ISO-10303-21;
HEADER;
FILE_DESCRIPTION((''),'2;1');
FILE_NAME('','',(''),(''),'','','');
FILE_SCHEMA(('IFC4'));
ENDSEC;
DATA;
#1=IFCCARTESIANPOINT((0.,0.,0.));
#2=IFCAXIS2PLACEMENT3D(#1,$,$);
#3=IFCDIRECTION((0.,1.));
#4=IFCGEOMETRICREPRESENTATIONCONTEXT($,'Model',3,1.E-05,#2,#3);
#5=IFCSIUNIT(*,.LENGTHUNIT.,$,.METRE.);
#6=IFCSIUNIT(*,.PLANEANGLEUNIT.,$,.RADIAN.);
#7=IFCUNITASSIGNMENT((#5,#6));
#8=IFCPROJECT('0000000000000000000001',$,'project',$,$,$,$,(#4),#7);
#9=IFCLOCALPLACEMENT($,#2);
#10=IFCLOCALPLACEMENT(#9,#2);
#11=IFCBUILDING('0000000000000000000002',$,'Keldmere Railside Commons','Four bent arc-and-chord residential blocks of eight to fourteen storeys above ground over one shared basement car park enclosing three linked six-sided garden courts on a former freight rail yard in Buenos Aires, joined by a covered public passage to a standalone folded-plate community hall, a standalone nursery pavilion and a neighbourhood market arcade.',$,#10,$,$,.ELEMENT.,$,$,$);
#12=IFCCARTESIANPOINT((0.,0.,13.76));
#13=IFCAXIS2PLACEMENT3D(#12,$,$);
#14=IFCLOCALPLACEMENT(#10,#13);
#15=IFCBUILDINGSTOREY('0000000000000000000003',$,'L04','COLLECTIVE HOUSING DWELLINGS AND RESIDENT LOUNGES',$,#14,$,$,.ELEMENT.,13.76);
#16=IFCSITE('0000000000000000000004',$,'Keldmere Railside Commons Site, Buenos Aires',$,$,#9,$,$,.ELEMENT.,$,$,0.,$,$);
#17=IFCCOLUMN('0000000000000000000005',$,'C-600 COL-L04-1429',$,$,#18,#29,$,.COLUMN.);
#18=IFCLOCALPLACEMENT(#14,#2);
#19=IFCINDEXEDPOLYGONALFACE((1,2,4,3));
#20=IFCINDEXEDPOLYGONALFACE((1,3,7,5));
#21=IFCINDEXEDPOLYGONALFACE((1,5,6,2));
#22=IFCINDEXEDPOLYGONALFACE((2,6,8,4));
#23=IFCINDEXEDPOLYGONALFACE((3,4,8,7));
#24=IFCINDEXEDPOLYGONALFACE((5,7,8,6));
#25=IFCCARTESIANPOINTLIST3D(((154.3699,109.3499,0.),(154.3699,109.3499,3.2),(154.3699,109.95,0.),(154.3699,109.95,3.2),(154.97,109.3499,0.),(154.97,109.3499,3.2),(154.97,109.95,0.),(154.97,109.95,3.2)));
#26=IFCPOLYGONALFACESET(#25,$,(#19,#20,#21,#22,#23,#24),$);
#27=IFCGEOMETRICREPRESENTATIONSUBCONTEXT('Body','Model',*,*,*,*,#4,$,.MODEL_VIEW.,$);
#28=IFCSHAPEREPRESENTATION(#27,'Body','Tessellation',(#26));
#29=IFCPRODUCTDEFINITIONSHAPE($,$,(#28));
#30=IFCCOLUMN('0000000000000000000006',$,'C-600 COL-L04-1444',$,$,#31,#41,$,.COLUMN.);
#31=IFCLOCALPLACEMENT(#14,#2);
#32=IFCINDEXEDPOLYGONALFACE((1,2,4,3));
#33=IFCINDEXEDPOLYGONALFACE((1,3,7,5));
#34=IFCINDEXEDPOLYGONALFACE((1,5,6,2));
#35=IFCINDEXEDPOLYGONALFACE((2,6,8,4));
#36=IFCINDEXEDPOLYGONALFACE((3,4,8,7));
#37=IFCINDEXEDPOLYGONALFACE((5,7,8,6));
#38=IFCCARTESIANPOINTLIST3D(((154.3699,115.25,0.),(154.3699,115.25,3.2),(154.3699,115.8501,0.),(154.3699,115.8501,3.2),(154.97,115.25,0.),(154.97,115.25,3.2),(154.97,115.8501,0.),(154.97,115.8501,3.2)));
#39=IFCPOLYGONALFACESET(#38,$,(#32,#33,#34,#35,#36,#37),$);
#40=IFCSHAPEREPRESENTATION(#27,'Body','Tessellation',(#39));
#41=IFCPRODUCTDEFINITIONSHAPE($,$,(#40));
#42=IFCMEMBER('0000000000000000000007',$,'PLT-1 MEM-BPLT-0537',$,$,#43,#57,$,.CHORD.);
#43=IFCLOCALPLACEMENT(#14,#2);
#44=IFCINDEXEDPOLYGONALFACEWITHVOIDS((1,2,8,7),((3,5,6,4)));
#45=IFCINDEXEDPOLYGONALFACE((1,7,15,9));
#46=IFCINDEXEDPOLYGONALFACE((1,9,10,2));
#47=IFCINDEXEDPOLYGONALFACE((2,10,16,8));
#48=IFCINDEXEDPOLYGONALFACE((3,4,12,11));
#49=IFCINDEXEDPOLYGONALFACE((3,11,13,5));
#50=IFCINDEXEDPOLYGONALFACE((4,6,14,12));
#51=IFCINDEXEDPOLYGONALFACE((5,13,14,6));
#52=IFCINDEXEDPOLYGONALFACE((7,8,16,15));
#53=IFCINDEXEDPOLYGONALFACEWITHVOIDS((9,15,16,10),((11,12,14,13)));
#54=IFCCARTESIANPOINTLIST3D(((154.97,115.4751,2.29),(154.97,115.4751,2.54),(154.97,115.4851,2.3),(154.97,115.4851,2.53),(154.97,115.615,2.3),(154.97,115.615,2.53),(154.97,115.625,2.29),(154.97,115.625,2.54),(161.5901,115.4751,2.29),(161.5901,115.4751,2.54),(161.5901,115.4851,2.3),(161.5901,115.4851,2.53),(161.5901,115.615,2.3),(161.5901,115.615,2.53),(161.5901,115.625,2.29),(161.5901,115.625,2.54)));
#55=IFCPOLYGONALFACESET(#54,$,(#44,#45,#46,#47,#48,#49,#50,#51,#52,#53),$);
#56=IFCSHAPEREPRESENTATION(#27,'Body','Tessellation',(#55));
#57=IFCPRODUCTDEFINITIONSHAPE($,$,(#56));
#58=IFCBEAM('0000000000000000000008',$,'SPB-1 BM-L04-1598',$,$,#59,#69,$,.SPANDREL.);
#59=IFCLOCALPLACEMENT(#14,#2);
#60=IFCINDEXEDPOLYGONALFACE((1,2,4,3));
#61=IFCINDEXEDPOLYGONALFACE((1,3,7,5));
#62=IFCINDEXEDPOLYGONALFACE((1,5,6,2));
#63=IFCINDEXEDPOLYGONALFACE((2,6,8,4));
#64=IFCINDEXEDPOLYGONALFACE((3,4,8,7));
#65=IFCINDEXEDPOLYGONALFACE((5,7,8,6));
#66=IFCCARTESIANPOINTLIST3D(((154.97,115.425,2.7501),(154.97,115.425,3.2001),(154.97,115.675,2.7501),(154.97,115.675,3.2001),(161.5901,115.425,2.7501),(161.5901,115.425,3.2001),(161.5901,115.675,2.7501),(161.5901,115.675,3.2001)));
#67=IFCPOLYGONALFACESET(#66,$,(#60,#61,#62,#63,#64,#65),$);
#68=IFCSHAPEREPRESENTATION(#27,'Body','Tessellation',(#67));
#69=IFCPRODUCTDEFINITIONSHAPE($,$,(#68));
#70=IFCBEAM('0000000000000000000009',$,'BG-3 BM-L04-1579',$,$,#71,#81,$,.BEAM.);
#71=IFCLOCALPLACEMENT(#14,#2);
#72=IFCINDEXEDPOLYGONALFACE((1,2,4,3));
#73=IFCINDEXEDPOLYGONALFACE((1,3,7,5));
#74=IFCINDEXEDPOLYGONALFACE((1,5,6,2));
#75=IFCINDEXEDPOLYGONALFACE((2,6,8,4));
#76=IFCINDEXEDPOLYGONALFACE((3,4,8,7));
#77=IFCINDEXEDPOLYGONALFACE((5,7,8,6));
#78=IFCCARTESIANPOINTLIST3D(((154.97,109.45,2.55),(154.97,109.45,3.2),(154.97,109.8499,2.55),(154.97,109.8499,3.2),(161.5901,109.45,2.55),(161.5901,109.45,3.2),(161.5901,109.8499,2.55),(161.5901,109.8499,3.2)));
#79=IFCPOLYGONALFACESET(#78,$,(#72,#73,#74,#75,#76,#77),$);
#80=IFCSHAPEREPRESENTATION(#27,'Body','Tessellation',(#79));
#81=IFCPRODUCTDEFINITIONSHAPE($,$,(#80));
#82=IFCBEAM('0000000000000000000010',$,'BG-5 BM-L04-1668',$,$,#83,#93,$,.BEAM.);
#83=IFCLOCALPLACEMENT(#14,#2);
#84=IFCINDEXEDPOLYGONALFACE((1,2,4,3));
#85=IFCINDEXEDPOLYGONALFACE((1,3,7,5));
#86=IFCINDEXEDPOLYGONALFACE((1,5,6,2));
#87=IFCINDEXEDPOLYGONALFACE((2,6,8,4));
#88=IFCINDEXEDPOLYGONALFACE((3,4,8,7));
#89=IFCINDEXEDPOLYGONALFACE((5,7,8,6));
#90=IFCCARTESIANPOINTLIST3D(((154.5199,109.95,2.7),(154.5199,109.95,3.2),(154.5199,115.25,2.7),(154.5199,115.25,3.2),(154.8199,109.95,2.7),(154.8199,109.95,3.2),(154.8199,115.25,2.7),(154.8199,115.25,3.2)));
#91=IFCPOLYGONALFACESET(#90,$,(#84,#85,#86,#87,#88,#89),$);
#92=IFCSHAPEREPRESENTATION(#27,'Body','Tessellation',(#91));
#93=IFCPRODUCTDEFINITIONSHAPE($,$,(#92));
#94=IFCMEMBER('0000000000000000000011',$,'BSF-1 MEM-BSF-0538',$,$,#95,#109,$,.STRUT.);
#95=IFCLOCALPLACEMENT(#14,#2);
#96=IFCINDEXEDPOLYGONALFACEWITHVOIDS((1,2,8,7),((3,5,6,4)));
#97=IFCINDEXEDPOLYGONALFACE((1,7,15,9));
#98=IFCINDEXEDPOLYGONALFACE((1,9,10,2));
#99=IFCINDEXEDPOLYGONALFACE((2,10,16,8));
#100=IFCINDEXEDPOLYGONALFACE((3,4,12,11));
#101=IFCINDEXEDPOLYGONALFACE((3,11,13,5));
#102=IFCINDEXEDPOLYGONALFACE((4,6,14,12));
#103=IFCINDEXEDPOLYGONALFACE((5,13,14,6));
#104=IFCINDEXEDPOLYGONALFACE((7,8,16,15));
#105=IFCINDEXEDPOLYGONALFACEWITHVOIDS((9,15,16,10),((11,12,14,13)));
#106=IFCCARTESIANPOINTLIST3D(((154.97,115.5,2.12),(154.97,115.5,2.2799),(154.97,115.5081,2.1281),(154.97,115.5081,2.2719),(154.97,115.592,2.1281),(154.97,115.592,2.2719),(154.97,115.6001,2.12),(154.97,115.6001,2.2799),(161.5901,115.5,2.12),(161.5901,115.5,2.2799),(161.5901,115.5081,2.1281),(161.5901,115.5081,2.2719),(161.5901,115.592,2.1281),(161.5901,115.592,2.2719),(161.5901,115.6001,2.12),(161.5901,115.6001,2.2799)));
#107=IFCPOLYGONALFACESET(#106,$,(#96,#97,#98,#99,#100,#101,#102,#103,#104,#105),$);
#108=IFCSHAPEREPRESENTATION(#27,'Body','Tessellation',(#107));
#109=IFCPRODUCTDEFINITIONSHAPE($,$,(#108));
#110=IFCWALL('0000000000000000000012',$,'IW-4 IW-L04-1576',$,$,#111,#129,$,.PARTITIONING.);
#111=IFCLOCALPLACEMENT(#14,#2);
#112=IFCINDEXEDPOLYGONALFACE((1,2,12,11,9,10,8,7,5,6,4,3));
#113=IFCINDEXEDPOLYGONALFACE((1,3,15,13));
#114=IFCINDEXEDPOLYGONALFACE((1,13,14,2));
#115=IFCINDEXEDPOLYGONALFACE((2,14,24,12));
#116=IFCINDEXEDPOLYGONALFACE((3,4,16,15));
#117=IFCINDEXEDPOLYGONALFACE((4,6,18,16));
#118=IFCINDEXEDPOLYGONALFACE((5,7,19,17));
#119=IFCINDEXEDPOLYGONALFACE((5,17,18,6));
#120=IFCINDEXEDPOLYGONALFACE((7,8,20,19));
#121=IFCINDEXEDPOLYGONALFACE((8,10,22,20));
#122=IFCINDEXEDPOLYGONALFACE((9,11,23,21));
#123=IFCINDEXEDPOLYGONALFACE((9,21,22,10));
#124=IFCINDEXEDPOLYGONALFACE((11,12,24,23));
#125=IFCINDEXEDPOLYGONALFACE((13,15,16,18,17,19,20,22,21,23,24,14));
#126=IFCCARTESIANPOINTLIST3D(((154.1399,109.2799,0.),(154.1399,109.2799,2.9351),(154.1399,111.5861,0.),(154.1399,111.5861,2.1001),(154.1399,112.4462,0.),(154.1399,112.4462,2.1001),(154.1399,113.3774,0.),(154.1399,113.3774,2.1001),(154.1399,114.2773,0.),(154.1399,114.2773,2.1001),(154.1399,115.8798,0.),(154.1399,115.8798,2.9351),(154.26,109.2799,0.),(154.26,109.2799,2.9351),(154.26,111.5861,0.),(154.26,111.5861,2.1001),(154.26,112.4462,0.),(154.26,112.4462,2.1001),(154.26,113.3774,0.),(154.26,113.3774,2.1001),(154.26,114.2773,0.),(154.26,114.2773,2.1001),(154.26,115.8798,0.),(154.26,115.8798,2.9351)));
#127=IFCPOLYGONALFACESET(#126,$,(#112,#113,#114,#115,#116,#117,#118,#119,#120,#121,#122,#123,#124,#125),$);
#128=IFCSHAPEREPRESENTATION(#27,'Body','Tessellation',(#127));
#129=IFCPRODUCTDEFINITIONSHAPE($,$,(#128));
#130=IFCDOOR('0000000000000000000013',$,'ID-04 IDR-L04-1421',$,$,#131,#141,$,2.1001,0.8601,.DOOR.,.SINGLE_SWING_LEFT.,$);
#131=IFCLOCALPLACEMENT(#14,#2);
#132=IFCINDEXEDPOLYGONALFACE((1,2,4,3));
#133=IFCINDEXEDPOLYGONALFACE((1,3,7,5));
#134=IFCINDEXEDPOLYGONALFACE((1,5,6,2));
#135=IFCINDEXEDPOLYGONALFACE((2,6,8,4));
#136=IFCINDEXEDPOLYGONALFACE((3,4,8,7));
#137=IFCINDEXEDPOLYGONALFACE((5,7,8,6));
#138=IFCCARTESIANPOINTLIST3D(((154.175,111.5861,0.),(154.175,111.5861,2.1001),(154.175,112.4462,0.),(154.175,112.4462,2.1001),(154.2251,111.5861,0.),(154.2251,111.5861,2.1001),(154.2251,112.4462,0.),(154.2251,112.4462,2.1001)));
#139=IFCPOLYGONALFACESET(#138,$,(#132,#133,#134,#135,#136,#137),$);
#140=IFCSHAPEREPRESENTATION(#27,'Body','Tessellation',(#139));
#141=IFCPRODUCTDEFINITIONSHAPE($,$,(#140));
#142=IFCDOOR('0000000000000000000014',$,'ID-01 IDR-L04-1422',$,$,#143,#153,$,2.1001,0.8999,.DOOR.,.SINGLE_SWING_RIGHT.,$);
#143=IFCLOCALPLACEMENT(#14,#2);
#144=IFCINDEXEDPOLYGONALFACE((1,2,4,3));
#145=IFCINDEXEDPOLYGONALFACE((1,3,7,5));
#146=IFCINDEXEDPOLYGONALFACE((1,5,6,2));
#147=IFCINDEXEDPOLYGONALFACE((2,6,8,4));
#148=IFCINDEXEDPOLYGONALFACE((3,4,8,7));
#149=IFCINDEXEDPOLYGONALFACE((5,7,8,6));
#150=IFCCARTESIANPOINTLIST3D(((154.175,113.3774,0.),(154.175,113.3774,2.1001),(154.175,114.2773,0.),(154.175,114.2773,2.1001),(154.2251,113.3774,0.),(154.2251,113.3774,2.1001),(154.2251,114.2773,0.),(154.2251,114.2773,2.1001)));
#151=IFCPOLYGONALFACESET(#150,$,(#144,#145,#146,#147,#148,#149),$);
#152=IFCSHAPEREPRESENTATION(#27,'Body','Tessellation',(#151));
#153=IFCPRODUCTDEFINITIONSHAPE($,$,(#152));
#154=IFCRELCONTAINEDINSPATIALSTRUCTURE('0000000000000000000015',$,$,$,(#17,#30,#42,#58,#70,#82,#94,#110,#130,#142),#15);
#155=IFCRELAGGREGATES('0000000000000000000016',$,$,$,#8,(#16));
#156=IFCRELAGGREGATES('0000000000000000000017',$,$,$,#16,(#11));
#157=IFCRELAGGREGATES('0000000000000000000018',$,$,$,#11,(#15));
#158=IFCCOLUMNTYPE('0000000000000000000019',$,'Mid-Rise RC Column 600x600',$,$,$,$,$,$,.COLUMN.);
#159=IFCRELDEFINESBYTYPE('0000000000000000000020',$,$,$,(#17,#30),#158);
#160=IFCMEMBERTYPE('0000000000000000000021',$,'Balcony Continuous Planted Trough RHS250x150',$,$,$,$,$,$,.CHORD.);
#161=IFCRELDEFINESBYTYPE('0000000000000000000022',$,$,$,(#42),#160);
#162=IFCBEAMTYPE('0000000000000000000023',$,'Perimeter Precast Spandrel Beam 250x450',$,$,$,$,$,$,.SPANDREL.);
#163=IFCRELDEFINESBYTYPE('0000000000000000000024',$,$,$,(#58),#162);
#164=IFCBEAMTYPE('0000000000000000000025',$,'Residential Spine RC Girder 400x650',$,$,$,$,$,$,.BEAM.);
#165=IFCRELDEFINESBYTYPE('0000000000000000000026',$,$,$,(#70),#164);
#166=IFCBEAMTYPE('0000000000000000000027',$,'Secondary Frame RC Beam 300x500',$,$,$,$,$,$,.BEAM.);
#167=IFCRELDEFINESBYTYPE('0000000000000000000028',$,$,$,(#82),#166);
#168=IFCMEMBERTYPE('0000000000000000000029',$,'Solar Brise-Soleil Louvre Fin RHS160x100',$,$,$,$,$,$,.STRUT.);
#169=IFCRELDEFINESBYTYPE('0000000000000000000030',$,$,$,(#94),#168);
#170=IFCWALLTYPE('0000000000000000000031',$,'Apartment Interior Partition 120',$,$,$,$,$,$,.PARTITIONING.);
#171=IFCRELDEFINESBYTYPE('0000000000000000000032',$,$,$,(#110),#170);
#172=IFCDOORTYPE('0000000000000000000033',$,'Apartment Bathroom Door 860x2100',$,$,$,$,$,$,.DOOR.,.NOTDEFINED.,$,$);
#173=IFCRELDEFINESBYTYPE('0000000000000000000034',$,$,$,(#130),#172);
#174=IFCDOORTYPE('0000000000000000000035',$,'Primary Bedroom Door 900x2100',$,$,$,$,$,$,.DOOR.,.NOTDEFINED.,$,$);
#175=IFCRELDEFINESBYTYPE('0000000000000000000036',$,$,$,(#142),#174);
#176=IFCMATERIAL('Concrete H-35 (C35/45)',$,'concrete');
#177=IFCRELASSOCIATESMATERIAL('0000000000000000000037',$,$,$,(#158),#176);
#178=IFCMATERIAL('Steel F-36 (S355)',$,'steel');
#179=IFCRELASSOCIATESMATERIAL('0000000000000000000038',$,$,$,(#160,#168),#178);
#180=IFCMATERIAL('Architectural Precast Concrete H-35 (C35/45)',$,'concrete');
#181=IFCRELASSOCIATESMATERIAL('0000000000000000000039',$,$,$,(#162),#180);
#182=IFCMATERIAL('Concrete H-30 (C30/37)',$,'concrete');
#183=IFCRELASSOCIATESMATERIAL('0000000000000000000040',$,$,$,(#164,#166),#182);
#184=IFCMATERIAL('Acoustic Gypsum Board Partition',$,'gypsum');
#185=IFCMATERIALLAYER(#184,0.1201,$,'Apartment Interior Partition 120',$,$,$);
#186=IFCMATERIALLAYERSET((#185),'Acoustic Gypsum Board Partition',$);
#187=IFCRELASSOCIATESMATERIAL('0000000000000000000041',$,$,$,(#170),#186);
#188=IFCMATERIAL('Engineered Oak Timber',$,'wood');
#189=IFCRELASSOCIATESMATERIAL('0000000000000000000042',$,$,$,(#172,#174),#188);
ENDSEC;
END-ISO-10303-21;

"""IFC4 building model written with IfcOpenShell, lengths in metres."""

from ifc_helpers import new_model, si_unit, direction, frame, frame_2d, origin, origin_2d, place, context, subcontext, project, spatial, rectangle, hollow_rectangle, extrude, material, layer, layer_set, material_profile, profile_set, type_object, element, fill, save


model = new_model("IFC4")

# Units and contexts
model_context = context("Model", 3, precision=1e-05, world=origin(), true_north=direction((0.0, 1.0)))
body_context = subcontext(model_context, "Body", "Model", "MODEL_VIEW")
ifc_project = project(units=[si_unit("LENGTHUNIT", "METRE"), si_unit("PLANEANGLEUNIT", "RADIAN")], contexts=[model_context])

# Site, building, storey
site_placement = place(None, origin())
site = spatial("IfcSite", under=ifc_project, at=site_placement, Name="Keldmere Railside Commons Site, Buenos Aires", CompositionType="ELEMENT", RefElevation=0.0)
building_placement = place(site_placement, origin())
building = spatial("IfcBuilding", under=site, at=building_placement, Name="Keldmere Railside Commons", Description="Four bent arc-and-chord residential blocks of eight to fourteen storeys above ground over one shared basement car park enclosing three linked six-sided garden courts on a former freight rail yard in Buenos Aires, joined by a covered public passage to a standalone folded-plate community hall, a standalone nursery pavilion and a neighbourhood market arcade.", CompositionType="ELEMENT")
storey_placement = place(building_placement, frame((0.0, 0.0, 13.76)))
storey = spatial("IfcBuildingStorey", under=building, at=storey_placement, Name="L04", Description="COLLECTIVE HOUSING DWELLINGS AND RESIDENT LOUNGES", CompositionType="ELEMENT", Elevation=13.76)

# Columns
ifc_material_1 = material(Name="Concrete H-35 (C35/45)", Category="concrete")
ifc_material_profile_1 = material_profile(ifc_material_1, rectangle(XDim=0.6001, YDim=0.6001, at=origin_2d()), Name="RC-600x600")
ifc_profile_set_1 = profile_set([ifc_material_profile_1], Name="Concrete H-35 (C35/45)")
column_type = type_object("IfcColumnType", Name="Mid-Rise RC Column 600x600", PredefinedType="COLUMN", material=ifc_profile_set_1)
for number, where, z_axis, x_axis, name in (
    (1, (154.6699, 109.6499, 0.0), (0.0, 0.0, 1.0), (1.0, 0.0, 0.0), "C-600 COL-L04-1429"),
    (2, (154.6699, 115.55, 0.0), (0.0, 0.0, 1.0), (1.0, 0.0, 0.0), "C-600 COL-L04-1444"),
):
    element("IfcColumn", number, at=place(storey_placement, frame(where, z_axis=z_axis, x_axis=x_axis)), inside=storey, type_object=column_type, Name=name, PredefinedType="COLUMN", context=body_context, shape_type="SweptSolid", body=[
        extrude(rectangle(XDim=0.6001, YDim=0.6001, at=origin_2d()), origin(), (0.0, 0.0, 1.0), 3.2),
    ])

# Member
ifc_material_2 = material(Name="Steel F-36 (S355)", Category="steel")
ifc_material_profile_2 = material_profile(ifc_material_2, hollow_rectangle(XDim=0.1499, YDim=0.25, WallThickness=0.01, at=origin_2d()), Name="RHS-250x150x10")
ifc_profile_set_2 = profile_set([ifc_material_profile_2], Name="Steel F-36 (S355)")
member_type_1 = type_object("IfcMemberType", Name="Balcony Continuous Planted Trough RHS250x150", PredefinedType="CHORD", material=ifc_profile_set_2)
member_1_placement = place(storey_placement, frame((154.97, 115.55, 2.415), z_axis=(1.0, 0.0, 0.0), x_axis=(0.0, 1.0, 0.0)))
element("IfcMember", 3, at=member_1_placement, inside=storey, type_object=member_type_1, Name="PLT-1 MEM-BPLT-0537", PredefinedType="CHORD", context=body_context, shape_type="SweptSolid", body=[
    extrude(hollow_rectangle(XDim=0.1499, YDim=0.25, WallThickness=0.01, at=origin_2d()), origin(), (0.0, 0.0, 1.0), 6.6201),
])

# Beams
ifc_material_3 = material(Name="Architectural Precast Concrete H-35 (C35/45)", Category="concrete")
ifc_material_profile_3 = material_profile(ifc_material_3, rectangle(XDim=0.25, YDim=0.45, at=origin_2d()), Name="RC-250x450")
ifc_profile_set_3 = profile_set([ifc_material_profile_3], Name="Architectural Precast Concrete H-35 (C35/45)")
beam_type_1 = type_object("IfcBeamType", Name="Perimeter Precast Spandrel Beam 250x450", PredefinedType="SPANDREL", material=ifc_profile_set_3)
beam_1_placement = place(storey_placement, frame((154.97, 115.55, 2.9751), z_axis=(1.0, 0.0, 0.0), x_axis=(0.0, 1.0, 0.0)))
element("IfcBeam", 4, at=beam_1_placement, inside=storey, type_object=beam_type_1, Name="SPB-1 BM-L04-1598", PredefinedType="SPANDREL", context=body_context, shape_type="SweptSolid", body=[
    extrude(rectangle(XDim=0.25, YDim=0.45, at=origin_2d()), origin(), (0.0, 0.0, 1.0), 6.6201),
])
ifc_material_4 = material(Name="Concrete H-30 (C30/37)", Category="concrete")
ifc_material_profile_4 = material_profile(ifc_material_4, rectangle(XDim=0.3999, YDim=0.6499, at=origin_2d()), Name="RC-400x650")
ifc_profile_set_4 = profile_set([ifc_material_profile_4], Name="Concrete H-30 (C30/37)")
beam_type_2 = type_object("IfcBeamType", Name="Residential Spine RC Girder 400x650", PredefinedType="BEAM", material=ifc_profile_set_4)
beam_2_placement = place(storey_placement, frame((154.97, 109.6499, 2.875), z_axis=(1.0, 0.0, 0.0), x_axis=(0.0, 1.0, 0.0)))
element("IfcBeam", 5, at=beam_2_placement, inside=storey, type_object=beam_type_2, Name="BG-3 BM-L04-1579", PredefinedType="BEAM", context=body_context, shape_type="SweptSolid", body=[
    extrude(rectangle(XDim=0.3999, YDim=0.6499, at=origin_2d()), origin(), (0.0, 0.0, 1.0), 6.6201),
])
ifc_material_profile_5 = material_profile(ifc_material_4, rectangle(XDim=0.3, YDim=0.5, at=origin_2d()), Name="RC-300x500")
ifc_profile_set_5 = profile_set([ifc_material_profile_5], Name="Concrete H-30 (C30/37)")
beam_type_3 = type_object("IfcBeamType", Name="Secondary Frame RC Beam 300x500", PredefinedType="BEAM", material=ifc_profile_set_5)
beam_3_placement = place(storey_placement, frame((154.6699, 109.95, 2.95), z_axis=(0.0, 1.0, 0.0), x_axis=(-1.0, 0.0, 0.0)))
element("IfcBeam", 6, at=beam_3_placement, inside=storey, type_object=beam_type_3, Name="BG-5 BM-L04-1668", PredefinedType="BEAM", context=body_context, shape_type="SweptSolid", body=[
    extrude(rectangle(XDim=0.3, YDim=0.5, at=origin_2d()), origin(), (0.0, 0.0, 1.0), 5.3),
])

# Member
ifc_material_profile_6 = material_profile(ifc_material_2, hollow_rectangle(XDim=0.1001, YDim=0.1599, WallThickness=0.0081, at=origin_2d()), Name="RHS-160x100x8")
ifc_profile_set_6 = profile_set([ifc_material_profile_6], Name="Steel F-36 (S355)")
member_type_2 = type_object("IfcMemberType", Name="Solar Brise-Soleil Louvre Fin RHS160x100", PredefinedType="STRUT", material=ifc_profile_set_6)
member_2_placement = place(storey_placement, frame((154.97, 115.55, 2.2), z_axis=(1.0, 0.0, 0.0), x_axis=(0.0, 1.0, 0.0)))
element("IfcMember", 7, at=member_2_placement, inside=storey, type_object=member_type_2, Name="BSF-1 MEM-BSF-0538", PredefinedType="STRUT", context=body_context, shape_type="SweptSolid", body=[
    extrude(hollow_rectangle(XDim=0.1001, YDim=0.1599, WallThickness=0.0081, at=origin_2d()), origin(), (0.0, 0.0, 1.0), 6.6201),
])

# Wall, openings, doors
ifc_material_5 = material(Name="Acoustic Gypsum Board Partition", Category="gypsum")
ifc_layer_1 = layer(ifc_material_5, 0.1201, Name="Apartment Interior Partition 120")
ifc_layer_set_1 = layer_set([ifc_layer_1], Name="Acoustic Gypsum Board Partition")
wall_type_1 = type_object("IfcWallType", Name="Apartment Interior Partition 120", PredefinedType="PARTITIONING", material=ifc_layer_set_1)
wall_1_placement = place(storey_placement, frame((154.2, 109.28, 0.0), z_axis=(0.0, 0.0, 1.0), x_axis=(0.0, 1.0, 0.0)))
wall_1 = element("IfcWall", 8, at=wall_1_placement, inside=storey, type_object=wall_type_1, Name="IW-4 IW-L04-1576", PredefinedType="PARTITIONING", context=body_context, shape_type="SweptSolid", body=[
    extrude(rectangle(XDim=6.5999, YDim=0.1201, at=frame_2d((3.2998, 0.0))), origin(), (0.0, 0.0, 1.0), 2.9351),
])
opening_1_placement = place(wall_1_placement, frame((2.3059, 0.0, 0.0)))
opening_1 = element("IfcOpeningElement", 9, at=opening_1_placement, cuts=wall_1, PredefinedType="OPENING", context=body_context, shape_type="SweptSolid", body=[
    extrude(rectangle(XDim=0.8601, YDim=2.1001, at=frame_2d((0.4302, 1.05))), frame((0.0, 0.0701, 0.0), z_axis=(0.0, -1.0, 0.0), x_axis=(1.0, 0.0, 0.0)), (0.0, 0.0, 1.0), 0.1401),
])
opening_2_placement = place(wall_1_placement, frame((4.0974, 0.0, 0.0)))
opening_2 = element("IfcOpeningElement", 10, at=opening_2_placement, cuts=wall_1, PredefinedType="OPENING", context=body_context, shape_type="SweptSolid", body=[
    extrude(rectangle(XDim=0.8999, YDim=2.1001, at=frame_2d((0.45, 1.05))), frame((0.0, 0.0701, 0.0), z_axis=(0.0, -1.0, 0.0), x_axis=(1.0, 0.0, 0.0)), (0.0, 0.0, 1.0), 0.1401),
])
ifc_material_6 = material(Name="Engineered Oak Timber", Category="wood")
door_type_1 = type_object("IfcDoorType", Name="Apartment Bathroom Door 860x2100", OperationType="NOTDEFINED", PredefinedType="DOOR", material=ifc_material_6)
door_1_placement = place(opening_1_placement, origin())
door_1 = element("IfcDoor", 11, at=door_1_placement, inside=storey, type_object=door_type_1, Name="ID-04 IDR-L04-1421", OperationType="SINGLE_SWING_LEFT", OverallHeight=2.1001, OverallWidth=0.8601, PredefinedType="DOOR", context=body_context, shape_type="SweptSolid", body=[
    extrude(rectangle(XDim=0.8601, YDim=2.1001, at=frame_2d((0.4302, 1.05))), frame((0.0, 0.0249, 0.0), z_axis=(0.0, -1.0, 0.0), x_axis=(1.0, 0.0, 0.0)), (0.0, 0.0, 1.0), 0.05),
])
fill(opening_1, door_1)
door_type_2 = type_object("IfcDoorType", Name="Primary Bedroom Door 900x2100", OperationType="NOTDEFINED", PredefinedType="DOOR", material=ifc_material_6)
door_2_placement = place(opening_2_placement, origin())
door_2 = element("IfcDoor", 12, at=door_2_placement, inside=storey, type_object=door_type_2, Name="ID-01 IDR-L04-1422", OperationType="SINGLE_SWING_RIGHT", OverallHeight=2.1001, OverallWidth=0.8999, PredefinedType="DOOR", context=body_context, shape_type="SweptSolid", body=[
    extrude(rectangle(XDim=0.8999, YDim=2.1001, at=frame_2d((0.45, 1.05))), frame((0.0, 0.0249, 0.0), z_axis=(0.0, -1.0, 0.0), x_axis=(1.0, 0.0, 0.0)), (0.0, 0.0, 1.0), 0.05),
])
fill(opening_2, door_2)

save(model, "model.ifc")
